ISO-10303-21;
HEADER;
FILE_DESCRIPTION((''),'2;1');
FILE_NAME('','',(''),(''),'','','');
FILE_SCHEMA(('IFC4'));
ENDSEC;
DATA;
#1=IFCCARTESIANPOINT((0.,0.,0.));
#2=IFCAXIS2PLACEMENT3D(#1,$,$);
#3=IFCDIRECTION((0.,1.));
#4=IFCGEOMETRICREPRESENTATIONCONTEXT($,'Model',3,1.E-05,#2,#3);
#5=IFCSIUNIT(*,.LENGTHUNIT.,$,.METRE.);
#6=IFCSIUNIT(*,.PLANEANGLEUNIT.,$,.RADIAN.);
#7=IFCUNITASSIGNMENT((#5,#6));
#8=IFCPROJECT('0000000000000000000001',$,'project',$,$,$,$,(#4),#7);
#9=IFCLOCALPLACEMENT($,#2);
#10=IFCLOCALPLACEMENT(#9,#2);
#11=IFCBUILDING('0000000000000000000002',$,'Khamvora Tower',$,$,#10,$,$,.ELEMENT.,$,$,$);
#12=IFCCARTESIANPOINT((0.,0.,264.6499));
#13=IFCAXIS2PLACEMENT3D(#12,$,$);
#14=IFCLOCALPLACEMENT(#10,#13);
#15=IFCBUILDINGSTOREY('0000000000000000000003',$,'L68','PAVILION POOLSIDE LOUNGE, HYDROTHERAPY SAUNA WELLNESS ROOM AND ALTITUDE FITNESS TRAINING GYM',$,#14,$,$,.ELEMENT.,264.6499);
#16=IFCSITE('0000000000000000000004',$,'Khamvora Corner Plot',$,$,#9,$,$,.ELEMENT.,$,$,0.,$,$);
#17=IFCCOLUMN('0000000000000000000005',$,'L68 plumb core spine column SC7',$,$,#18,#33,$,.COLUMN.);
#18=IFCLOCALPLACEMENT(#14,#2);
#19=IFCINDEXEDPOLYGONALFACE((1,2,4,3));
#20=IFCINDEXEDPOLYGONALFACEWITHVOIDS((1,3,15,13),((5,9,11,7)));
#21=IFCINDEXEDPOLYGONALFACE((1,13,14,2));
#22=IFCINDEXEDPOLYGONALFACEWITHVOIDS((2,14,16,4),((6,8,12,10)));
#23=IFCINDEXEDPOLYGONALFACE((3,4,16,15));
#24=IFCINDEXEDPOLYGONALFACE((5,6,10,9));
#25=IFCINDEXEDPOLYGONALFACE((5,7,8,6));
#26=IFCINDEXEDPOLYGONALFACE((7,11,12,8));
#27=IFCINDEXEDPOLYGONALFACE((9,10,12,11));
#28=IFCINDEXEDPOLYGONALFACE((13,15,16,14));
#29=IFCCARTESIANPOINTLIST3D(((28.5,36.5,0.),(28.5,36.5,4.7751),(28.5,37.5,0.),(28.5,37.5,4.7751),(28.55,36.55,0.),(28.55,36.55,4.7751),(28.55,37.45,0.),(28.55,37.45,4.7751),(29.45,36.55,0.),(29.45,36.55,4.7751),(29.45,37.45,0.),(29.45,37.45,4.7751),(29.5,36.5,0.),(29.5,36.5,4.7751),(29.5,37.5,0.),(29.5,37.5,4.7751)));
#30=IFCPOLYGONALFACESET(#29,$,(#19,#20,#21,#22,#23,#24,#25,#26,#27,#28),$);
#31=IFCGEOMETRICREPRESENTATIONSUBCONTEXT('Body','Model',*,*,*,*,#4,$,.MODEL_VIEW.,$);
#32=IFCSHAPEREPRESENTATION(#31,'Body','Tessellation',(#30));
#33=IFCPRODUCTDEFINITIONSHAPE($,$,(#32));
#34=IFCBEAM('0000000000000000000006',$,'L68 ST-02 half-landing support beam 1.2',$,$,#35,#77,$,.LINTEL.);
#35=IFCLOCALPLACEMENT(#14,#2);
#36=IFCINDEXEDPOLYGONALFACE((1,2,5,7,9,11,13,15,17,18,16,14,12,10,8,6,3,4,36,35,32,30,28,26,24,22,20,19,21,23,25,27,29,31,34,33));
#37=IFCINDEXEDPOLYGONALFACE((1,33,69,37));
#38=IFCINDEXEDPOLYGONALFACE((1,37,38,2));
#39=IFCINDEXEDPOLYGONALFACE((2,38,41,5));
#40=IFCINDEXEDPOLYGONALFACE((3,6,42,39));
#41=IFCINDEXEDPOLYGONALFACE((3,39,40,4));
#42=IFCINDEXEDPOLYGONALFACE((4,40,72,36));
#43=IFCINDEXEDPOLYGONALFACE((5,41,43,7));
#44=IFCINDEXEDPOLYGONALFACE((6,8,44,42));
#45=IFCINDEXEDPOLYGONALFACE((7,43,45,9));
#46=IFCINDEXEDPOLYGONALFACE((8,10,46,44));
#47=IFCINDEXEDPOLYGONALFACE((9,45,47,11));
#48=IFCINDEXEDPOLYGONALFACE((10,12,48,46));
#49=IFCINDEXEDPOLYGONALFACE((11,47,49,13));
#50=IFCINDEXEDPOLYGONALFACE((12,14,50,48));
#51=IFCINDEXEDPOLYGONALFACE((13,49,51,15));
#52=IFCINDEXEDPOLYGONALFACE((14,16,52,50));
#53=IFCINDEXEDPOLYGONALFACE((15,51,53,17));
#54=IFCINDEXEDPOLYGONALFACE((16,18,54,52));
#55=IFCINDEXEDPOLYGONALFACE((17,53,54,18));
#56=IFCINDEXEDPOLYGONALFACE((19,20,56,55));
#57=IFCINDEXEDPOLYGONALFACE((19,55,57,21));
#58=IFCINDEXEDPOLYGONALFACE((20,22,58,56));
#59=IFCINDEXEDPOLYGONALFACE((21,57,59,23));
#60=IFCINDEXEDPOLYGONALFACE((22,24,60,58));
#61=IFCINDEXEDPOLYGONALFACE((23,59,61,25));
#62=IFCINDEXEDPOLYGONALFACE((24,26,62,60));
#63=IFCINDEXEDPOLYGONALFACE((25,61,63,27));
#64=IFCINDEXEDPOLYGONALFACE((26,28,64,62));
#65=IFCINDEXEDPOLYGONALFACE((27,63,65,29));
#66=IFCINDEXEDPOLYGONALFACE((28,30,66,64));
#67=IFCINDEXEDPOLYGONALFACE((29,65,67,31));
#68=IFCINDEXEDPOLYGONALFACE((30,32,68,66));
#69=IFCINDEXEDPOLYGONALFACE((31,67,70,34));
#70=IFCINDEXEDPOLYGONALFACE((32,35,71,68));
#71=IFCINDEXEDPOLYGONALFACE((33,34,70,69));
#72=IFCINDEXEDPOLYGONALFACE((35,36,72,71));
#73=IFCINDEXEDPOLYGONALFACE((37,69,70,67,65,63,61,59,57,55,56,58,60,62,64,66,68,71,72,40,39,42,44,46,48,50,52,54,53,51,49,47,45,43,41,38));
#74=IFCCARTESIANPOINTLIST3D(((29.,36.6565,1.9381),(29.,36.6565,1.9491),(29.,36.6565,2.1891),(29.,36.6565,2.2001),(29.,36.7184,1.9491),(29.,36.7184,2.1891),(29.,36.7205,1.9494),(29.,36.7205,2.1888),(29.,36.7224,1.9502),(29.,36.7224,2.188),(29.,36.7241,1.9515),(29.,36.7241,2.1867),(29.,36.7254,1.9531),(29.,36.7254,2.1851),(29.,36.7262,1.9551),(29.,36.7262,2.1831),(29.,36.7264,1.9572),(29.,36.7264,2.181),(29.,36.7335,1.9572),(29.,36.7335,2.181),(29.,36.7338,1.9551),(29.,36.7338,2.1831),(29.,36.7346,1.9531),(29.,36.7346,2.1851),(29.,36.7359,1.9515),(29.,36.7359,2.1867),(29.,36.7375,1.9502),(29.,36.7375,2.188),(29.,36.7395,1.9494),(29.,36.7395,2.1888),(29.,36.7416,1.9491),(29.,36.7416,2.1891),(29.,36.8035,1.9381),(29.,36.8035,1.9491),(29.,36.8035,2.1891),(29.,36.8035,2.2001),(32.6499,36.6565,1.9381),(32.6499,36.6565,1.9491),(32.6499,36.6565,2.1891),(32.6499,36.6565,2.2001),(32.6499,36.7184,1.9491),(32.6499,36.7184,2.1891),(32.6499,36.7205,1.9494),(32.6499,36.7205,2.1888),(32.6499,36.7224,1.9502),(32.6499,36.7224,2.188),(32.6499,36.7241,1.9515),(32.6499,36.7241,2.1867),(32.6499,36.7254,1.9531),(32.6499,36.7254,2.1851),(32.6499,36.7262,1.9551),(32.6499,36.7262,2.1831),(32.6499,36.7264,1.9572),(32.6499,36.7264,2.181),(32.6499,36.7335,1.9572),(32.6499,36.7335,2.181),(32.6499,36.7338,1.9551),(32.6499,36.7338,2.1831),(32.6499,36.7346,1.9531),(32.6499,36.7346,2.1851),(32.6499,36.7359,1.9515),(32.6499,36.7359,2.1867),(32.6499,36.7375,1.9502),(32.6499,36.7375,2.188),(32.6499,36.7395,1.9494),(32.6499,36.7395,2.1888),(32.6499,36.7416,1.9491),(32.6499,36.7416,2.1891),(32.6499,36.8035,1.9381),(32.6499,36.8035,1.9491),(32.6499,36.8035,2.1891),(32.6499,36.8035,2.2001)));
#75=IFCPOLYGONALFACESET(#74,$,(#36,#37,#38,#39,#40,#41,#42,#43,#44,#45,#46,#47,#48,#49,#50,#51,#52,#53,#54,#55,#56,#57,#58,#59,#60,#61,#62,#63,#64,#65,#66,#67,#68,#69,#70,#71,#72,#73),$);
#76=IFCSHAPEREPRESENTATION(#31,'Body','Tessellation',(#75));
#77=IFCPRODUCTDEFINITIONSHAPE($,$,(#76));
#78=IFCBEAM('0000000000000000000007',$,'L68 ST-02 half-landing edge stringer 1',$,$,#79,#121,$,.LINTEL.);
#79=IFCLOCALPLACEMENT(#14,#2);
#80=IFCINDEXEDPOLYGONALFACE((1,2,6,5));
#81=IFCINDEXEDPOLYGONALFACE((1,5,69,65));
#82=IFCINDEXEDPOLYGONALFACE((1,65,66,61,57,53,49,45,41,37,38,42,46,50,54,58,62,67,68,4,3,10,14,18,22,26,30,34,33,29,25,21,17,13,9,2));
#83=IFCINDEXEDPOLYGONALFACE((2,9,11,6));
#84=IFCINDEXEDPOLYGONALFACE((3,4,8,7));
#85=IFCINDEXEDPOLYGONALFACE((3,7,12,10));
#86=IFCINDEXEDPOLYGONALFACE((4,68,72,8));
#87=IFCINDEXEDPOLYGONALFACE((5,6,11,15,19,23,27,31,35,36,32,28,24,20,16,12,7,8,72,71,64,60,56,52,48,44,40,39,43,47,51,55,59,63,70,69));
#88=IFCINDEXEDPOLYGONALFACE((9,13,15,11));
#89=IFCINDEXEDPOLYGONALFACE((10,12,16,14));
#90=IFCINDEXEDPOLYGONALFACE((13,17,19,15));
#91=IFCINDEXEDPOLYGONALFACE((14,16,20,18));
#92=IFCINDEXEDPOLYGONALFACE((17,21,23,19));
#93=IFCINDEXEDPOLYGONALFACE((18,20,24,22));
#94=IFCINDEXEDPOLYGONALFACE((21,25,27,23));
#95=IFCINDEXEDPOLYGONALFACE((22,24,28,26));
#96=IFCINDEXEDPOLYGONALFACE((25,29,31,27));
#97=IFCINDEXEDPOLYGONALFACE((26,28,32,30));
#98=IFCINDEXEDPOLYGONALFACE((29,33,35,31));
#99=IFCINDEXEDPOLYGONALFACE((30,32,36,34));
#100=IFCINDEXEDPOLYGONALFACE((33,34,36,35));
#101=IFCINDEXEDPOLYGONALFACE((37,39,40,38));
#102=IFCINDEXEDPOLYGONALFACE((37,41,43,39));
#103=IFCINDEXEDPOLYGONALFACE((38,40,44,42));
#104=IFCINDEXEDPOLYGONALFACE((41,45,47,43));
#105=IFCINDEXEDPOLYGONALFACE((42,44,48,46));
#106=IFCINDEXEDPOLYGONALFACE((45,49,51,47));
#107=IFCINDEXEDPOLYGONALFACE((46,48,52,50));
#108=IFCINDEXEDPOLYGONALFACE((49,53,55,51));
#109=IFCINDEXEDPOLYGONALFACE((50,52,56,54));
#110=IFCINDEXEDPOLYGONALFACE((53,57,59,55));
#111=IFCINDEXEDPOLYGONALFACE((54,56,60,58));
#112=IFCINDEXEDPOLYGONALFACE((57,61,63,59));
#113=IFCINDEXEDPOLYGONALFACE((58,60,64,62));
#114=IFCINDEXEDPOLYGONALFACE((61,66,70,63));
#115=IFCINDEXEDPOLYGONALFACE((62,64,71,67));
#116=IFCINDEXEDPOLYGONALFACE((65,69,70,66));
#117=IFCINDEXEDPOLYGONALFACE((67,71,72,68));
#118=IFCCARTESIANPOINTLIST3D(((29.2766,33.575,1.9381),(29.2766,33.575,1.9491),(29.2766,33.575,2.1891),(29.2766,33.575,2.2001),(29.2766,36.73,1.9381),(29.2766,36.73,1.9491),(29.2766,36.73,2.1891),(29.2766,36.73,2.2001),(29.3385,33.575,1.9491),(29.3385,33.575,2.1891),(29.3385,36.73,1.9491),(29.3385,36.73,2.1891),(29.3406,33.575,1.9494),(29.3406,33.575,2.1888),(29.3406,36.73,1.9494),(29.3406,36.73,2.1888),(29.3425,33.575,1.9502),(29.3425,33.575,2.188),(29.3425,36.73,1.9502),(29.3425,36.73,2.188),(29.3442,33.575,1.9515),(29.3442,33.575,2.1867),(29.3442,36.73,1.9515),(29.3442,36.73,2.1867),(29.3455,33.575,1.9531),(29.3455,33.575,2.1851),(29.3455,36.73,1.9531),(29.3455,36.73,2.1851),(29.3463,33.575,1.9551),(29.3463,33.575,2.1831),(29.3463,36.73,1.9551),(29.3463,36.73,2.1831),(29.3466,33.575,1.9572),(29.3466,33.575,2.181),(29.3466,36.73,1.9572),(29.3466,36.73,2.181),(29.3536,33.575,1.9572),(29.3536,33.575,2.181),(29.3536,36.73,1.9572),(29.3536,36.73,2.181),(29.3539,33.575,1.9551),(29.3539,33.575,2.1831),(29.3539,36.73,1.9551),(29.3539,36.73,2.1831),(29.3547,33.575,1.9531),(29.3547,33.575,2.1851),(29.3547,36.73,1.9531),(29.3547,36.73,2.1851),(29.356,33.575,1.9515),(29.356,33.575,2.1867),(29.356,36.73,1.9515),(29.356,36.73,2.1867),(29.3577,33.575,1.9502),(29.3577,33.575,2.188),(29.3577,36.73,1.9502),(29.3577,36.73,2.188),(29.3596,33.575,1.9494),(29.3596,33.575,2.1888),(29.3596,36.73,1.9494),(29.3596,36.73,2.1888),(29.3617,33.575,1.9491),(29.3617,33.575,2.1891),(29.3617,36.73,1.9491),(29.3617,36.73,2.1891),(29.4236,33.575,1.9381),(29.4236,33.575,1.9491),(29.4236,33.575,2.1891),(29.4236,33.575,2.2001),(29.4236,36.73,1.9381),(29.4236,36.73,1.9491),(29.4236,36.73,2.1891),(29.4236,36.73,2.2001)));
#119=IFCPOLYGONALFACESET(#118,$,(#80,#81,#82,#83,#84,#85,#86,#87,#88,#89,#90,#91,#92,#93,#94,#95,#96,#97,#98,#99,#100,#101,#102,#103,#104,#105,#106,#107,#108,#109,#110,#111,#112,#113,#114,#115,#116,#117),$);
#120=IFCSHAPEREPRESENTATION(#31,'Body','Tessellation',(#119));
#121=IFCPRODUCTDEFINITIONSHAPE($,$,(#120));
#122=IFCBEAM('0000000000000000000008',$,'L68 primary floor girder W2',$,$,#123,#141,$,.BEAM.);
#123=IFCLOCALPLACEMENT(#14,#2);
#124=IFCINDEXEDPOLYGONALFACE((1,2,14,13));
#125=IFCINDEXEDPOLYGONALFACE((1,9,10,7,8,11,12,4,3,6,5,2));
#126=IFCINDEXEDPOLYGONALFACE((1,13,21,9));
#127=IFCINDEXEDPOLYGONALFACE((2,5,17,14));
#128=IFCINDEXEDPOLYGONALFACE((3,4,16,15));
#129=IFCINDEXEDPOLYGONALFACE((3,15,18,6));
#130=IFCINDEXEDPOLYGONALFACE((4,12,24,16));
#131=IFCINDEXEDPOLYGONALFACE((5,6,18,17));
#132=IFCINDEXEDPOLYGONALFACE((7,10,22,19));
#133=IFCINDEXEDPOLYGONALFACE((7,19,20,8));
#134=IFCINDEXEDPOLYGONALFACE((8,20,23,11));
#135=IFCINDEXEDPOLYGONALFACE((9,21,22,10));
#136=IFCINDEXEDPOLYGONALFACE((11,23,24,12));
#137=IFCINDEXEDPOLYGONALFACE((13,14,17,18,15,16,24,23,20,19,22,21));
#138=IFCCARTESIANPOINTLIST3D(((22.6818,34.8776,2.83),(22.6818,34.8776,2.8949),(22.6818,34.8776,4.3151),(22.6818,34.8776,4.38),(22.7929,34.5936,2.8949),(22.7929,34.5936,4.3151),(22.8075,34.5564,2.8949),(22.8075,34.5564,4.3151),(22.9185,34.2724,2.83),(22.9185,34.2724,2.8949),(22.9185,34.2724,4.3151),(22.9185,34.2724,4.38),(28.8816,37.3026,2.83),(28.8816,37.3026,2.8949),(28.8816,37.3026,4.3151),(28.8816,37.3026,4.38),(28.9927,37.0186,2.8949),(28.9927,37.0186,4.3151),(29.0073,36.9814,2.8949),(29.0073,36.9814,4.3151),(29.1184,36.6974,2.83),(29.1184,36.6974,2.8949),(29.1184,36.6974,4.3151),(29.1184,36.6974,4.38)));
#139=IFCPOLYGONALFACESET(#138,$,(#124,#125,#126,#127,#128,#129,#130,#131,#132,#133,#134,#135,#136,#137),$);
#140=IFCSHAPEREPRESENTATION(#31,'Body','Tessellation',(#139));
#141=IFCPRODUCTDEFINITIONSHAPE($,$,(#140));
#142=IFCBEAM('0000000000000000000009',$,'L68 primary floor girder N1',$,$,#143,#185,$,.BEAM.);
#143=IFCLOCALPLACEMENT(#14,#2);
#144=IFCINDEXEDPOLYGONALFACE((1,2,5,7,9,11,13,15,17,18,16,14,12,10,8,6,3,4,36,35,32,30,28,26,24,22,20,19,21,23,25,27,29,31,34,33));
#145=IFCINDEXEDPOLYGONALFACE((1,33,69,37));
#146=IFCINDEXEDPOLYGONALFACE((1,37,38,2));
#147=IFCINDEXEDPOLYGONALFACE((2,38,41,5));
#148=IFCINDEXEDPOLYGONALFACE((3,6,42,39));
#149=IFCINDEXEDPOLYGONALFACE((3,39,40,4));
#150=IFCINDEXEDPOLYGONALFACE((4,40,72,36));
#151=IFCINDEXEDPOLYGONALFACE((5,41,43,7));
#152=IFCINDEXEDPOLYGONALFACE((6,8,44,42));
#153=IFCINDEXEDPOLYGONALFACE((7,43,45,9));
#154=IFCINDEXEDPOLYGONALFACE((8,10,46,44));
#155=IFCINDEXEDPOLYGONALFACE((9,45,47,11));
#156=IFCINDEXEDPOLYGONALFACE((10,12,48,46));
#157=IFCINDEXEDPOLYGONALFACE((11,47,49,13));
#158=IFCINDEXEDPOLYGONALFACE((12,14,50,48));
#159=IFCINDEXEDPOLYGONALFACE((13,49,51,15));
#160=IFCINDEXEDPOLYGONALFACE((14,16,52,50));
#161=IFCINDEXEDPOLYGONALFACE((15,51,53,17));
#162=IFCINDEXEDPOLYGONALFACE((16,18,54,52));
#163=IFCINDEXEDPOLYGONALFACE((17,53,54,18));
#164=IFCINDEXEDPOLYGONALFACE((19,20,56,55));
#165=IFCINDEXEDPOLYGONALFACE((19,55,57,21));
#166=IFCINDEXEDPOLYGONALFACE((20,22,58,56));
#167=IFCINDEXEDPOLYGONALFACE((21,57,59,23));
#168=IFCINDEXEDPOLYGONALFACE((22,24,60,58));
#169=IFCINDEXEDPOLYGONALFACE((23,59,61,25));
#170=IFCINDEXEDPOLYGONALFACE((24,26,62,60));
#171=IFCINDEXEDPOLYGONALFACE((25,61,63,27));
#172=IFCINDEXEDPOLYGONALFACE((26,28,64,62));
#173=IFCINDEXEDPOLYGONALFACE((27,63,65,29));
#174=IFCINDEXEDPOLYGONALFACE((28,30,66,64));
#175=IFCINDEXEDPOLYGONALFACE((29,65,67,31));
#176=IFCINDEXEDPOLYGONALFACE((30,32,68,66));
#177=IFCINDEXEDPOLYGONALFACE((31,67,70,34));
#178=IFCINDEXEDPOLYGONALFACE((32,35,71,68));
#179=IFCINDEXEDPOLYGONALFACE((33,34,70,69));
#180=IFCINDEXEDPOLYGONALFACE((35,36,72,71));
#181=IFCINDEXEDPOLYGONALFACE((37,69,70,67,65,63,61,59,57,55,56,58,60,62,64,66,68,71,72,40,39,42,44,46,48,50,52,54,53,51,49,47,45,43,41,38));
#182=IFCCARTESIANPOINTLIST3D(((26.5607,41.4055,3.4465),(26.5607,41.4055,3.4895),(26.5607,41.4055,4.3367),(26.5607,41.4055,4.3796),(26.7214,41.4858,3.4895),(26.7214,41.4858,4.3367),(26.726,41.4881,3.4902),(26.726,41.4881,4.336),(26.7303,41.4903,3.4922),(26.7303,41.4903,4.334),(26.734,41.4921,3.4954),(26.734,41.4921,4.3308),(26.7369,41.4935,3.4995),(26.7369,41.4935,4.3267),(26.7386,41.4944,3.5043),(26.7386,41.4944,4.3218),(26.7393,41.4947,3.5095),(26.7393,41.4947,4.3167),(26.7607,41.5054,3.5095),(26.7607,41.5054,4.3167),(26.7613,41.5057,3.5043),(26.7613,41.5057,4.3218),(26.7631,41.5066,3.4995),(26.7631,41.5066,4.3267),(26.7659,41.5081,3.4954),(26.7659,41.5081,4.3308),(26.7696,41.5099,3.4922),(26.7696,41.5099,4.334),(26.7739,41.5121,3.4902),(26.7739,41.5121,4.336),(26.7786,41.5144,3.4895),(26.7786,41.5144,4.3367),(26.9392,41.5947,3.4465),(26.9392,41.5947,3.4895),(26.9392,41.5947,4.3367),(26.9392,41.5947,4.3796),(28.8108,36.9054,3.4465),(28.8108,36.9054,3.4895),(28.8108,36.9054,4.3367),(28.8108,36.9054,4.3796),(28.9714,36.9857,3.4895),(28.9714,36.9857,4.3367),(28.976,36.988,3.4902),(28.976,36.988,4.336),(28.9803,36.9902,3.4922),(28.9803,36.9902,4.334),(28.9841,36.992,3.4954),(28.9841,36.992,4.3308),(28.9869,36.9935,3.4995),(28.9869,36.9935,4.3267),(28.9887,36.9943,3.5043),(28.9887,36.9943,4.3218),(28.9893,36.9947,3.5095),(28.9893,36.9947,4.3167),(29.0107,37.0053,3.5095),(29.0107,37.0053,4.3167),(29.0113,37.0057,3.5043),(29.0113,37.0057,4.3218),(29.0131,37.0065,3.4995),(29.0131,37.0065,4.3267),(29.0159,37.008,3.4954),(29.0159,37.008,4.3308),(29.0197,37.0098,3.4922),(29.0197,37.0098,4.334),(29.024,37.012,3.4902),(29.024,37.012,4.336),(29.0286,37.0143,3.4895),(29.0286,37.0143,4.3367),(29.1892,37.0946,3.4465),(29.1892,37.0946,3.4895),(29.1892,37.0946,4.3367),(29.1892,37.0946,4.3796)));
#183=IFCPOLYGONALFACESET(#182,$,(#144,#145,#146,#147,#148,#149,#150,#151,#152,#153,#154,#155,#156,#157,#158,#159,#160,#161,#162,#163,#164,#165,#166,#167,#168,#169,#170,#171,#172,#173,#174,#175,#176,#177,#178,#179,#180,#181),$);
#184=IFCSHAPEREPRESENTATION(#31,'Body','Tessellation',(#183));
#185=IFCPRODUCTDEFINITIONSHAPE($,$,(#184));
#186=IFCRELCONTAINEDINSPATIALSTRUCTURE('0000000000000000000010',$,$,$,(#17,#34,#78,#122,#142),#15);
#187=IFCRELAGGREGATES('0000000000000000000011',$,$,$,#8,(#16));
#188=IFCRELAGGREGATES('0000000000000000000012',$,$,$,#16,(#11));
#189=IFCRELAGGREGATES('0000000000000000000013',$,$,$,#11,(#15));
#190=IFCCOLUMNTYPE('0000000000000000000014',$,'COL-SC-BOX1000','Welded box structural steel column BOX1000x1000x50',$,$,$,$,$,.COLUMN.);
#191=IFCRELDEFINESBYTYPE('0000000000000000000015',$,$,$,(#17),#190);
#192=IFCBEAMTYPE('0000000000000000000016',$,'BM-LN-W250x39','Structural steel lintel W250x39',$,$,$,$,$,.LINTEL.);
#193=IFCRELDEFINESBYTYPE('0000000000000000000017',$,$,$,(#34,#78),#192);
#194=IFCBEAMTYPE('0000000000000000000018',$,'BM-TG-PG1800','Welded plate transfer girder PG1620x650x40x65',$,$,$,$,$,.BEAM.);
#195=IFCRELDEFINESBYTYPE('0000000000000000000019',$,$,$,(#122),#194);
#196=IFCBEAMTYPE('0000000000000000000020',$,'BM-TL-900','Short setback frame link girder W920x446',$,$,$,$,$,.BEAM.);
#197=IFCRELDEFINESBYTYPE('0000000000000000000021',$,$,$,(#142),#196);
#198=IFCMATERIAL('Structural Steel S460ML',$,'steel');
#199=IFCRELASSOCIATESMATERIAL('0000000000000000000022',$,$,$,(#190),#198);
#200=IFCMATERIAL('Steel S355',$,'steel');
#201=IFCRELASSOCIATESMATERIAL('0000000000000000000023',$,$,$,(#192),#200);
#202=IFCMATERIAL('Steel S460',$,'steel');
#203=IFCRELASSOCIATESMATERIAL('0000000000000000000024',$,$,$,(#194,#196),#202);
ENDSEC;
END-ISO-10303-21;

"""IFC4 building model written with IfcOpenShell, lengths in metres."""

from ifc_helpers import new_model, si_unit, direction, frame, origin, origin_2d, place, context, subcontext, project, spatial, hollow_rectangle, i_section, extrude, material, material_profile, profile_set, type_object, element, save


model = new_model("IFC4")

# Units and contexts
model_context = context("Model", 3, precision=1e-05, world=origin(), true_north=direction((0.0, 1.0)))
body_context = subcontext(model_context, "Body", "Model", "MODEL_VIEW")
ifc_project = project(units=[si_unit("LENGTHUNIT", "METRE"), si_unit("PLANEANGLEUNIT", "RADIAN")], contexts=[model_context])

# Site, building, storey
site_placement = place(None, origin())
site = spatial("IfcSite", under=ifc_project, at=site_placement, Name="Khamvora Corner Plot", CompositionType="ELEMENT", RefElevation=0.0)
building_placement = place(site_placement, origin())
building = spatial("IfcBuilding", under=site, at=building_placement, Name="Khamvora Tower", CompositionType="ELEMENT")
storey_placement = place(building_placement, frame((0.0, 0.0, 264.6499)))
storey = spatial("IfcBuildingStorey", under=building, at=storey_placement, Name="L68", Description="PAVILION POOLSIDE LOUNGE, HYDROTHERAPY SAUNA WELLNESS ROOM AND ALTITUDE FITNESS TRAINING GYM", CompositionType="ELEMENT", Elevation=264.6499)

# Column
ifc_material_1 = material(Name="Structural Steel S460ML", Category="steel")
ifc_material_profile_1 = material_profile(ifc_material_1, hollow_rectangle(XDim=1.0, YDim=1.0, WallThickness=0.05, at=origin_2d()), Name="BOX1000x1000x50")
ifc_profile_set_1 = profile_set([ifc_material_profile_1], Name="Structural Steel S460ML")
column_type = type_object("IfcColumnType", Name="COL-SC-BOX1000", Description="Welded box structural steel column BOX1000x1000x50", PredefinedType="COLUMN", material=ifc_profile_set_1)
column_placement = place(storey_placement, frame((29.0, 37.0, 0.0), z_axis=(0.0, 0.0, 1.0), x_axis=(1.0, 0.0, 0.0)))
element("IfcColumn", 1, at=column_placement, inside=storey, type_object=column_type, Name="L68 plumb core spine column SC7", PredefinedType="COLUMN", context=body_context, shape_type="SweptSolid", body=[
    extrude(hollow_rectangle(XDim=1.0, YDim=1.0, WallThickness=0.05, at=origin_2d()), origin(), (0.0, 0.0, 1.0), 4.7751),
])

# Beams
ifc_material_2 = material(Name="Steel S355", Category="steel")
ifc_material_profile_2 = material_profile(ifc_material_2, i_section(OverallWidth=0.147, OverallDepth=0.262, WebThickness=0.0071, FlangeThickness=0.011, FilletRadius=0.0081, at=origin_2d()), Name="W250x39")
ifc_profile_set_2 = profile_set([ifc_material_profile_2], Name="Steel S355")
beam_type_1 = type_object("IfcBeamType", Name="BM-LN-W250x39", Description="Structural steel lintel W250x39", PredefinedType="LINTEL", material=ifc_profile_set_2)
beam_1_placement = place(storey_placement, frame((29.0, 36.73, 2.0691), z_axis=(1.0, 0.0, 0.0), x_axis=(0.0, 1.0, 0.0)))
element("IfcBeam", 2, at=beam_1_placement, inside=storey, type_object=beam_type_1, Name="L68 ST-02 half-landing support beam 1.2", PredefinedType="LINTEL", context=body_context, shape_type="SweptSolid", body=[
    extrude(i_section(OverallWidth=0.147, OverallDepth=0.262, WebThickness=0.0071, FlangeThickness=0.011, FilletRadius=0.0081, at=origin_2d()), origin(), (0.0, 0.0, 1.0), 3.6499),
])
beam_2_placement = place(storey_placement, frame((29.3501, 33.575, 2.0691), z_axis=(0.0, 1.0, 0.0), x_axis=(-1.0, 0.0, 0.0)))
element("IfcBeam", 3, at=beam_2_placement, inside=storey, type_object=beam_type_1, Name="L68 ST-02 half-landing edge stringer 1", PredefinedType="LINTEL", context=body_context, shape_type="SweptSolid", body=[
    extrude(i_section(OverallWidth=0.147, OverallDepth=0.262, WebThickness=0.0071, FlangeThickness=0.011, FilletRadius=0.0081, at=origin_2d()), origin(), (0.0, 0.0, 1.0), 3.155),
])
ifc_material_3 = material(Name="Steel S460", Category="steel")
ifc_material_profile_3 = material_profile(ifc_material_3, i_section(OverallWidth=0.6499, OverallDepth=1.55, WebThickness=0.04, FlangeThickness=0.0649, at=origin_2d()), Name="PG1550x650x40x65")
ifc_profile_set_3 = profile_set([ifc_material_profile_3], Name="Steel S460")
beam_type_2 = type_object("IfcBeamType", Name="BM-TG-PG1800", Description="Welded plate transfer girder PG1620x650x40x65", PredefinedType="BEAM", material=ifc_profile_set_3)
beam_3_placement = place(storey_placement, frame((29.0, 37.0, 3.605), z_axis=(-0.931295, -0.364267, 0.0), x_axis=(0.364267, -0.931295, 0.0)))
element("IfcBeam", 4, at=beam_3_placement, inside=storey, type_object=beam_type_2, Name="L68 primary floor girder W2", PredefinedType="BEAM", context=body_context, shape_type="SweptSolid", body=[
    extrude(i_section(OverallWidth=0.6499, OverallDepth=1.55, WebThickness=0.04, FlangeThickness=0.0649, at=origin_2d()), origin(), (0.0, 0.0, 1.0), 6.6572),
])
ifc_material_profile_4 = material_profile(ifc_material_3, i_section(OverallWidth=0.4231, OverallDepth=0.9331, WebThickness=0.0239, FlangeThickness=0.043, FilletRadius=0.02, at=origin_2d()), Name="W920x446")
ifc_profile_set_4 = profile_set([ifc_material_profile_4], Name="Steel S460")
beam_type_3 = type_object("IfcBeamType", Name="BM-TL-900", Description="Short setback frame link girder W920x446", PredefinedType="BEAM", material=ifc_profile_set_4)
beam_4_placement = place(storey_placement, frame((29.0, 37.0, 3.9131), z_axis=(-0.447214, 0.894427, 0.0), x_axis=(-0.894427, -0.447214, 0.0)))
element("IfcBeam", 5, at=beam_4_placement, inside=storey, type_object=beam_type_3, Name="L68 primary floor girder N1", PredefinedType="BEAM", context=body_context, shape_type="SweptSolid", body=[
    extrude(i_section(OverallWidth=0.4231, OverallDepth=0.9331, WebThickness=0.0239, FlangeThickness=0.043, FilletRadius=0.02, at=origin_2d()), origin(), (0.0, 0.0, 1.0), 5.0312),
])

save(model, "model.ifc")
